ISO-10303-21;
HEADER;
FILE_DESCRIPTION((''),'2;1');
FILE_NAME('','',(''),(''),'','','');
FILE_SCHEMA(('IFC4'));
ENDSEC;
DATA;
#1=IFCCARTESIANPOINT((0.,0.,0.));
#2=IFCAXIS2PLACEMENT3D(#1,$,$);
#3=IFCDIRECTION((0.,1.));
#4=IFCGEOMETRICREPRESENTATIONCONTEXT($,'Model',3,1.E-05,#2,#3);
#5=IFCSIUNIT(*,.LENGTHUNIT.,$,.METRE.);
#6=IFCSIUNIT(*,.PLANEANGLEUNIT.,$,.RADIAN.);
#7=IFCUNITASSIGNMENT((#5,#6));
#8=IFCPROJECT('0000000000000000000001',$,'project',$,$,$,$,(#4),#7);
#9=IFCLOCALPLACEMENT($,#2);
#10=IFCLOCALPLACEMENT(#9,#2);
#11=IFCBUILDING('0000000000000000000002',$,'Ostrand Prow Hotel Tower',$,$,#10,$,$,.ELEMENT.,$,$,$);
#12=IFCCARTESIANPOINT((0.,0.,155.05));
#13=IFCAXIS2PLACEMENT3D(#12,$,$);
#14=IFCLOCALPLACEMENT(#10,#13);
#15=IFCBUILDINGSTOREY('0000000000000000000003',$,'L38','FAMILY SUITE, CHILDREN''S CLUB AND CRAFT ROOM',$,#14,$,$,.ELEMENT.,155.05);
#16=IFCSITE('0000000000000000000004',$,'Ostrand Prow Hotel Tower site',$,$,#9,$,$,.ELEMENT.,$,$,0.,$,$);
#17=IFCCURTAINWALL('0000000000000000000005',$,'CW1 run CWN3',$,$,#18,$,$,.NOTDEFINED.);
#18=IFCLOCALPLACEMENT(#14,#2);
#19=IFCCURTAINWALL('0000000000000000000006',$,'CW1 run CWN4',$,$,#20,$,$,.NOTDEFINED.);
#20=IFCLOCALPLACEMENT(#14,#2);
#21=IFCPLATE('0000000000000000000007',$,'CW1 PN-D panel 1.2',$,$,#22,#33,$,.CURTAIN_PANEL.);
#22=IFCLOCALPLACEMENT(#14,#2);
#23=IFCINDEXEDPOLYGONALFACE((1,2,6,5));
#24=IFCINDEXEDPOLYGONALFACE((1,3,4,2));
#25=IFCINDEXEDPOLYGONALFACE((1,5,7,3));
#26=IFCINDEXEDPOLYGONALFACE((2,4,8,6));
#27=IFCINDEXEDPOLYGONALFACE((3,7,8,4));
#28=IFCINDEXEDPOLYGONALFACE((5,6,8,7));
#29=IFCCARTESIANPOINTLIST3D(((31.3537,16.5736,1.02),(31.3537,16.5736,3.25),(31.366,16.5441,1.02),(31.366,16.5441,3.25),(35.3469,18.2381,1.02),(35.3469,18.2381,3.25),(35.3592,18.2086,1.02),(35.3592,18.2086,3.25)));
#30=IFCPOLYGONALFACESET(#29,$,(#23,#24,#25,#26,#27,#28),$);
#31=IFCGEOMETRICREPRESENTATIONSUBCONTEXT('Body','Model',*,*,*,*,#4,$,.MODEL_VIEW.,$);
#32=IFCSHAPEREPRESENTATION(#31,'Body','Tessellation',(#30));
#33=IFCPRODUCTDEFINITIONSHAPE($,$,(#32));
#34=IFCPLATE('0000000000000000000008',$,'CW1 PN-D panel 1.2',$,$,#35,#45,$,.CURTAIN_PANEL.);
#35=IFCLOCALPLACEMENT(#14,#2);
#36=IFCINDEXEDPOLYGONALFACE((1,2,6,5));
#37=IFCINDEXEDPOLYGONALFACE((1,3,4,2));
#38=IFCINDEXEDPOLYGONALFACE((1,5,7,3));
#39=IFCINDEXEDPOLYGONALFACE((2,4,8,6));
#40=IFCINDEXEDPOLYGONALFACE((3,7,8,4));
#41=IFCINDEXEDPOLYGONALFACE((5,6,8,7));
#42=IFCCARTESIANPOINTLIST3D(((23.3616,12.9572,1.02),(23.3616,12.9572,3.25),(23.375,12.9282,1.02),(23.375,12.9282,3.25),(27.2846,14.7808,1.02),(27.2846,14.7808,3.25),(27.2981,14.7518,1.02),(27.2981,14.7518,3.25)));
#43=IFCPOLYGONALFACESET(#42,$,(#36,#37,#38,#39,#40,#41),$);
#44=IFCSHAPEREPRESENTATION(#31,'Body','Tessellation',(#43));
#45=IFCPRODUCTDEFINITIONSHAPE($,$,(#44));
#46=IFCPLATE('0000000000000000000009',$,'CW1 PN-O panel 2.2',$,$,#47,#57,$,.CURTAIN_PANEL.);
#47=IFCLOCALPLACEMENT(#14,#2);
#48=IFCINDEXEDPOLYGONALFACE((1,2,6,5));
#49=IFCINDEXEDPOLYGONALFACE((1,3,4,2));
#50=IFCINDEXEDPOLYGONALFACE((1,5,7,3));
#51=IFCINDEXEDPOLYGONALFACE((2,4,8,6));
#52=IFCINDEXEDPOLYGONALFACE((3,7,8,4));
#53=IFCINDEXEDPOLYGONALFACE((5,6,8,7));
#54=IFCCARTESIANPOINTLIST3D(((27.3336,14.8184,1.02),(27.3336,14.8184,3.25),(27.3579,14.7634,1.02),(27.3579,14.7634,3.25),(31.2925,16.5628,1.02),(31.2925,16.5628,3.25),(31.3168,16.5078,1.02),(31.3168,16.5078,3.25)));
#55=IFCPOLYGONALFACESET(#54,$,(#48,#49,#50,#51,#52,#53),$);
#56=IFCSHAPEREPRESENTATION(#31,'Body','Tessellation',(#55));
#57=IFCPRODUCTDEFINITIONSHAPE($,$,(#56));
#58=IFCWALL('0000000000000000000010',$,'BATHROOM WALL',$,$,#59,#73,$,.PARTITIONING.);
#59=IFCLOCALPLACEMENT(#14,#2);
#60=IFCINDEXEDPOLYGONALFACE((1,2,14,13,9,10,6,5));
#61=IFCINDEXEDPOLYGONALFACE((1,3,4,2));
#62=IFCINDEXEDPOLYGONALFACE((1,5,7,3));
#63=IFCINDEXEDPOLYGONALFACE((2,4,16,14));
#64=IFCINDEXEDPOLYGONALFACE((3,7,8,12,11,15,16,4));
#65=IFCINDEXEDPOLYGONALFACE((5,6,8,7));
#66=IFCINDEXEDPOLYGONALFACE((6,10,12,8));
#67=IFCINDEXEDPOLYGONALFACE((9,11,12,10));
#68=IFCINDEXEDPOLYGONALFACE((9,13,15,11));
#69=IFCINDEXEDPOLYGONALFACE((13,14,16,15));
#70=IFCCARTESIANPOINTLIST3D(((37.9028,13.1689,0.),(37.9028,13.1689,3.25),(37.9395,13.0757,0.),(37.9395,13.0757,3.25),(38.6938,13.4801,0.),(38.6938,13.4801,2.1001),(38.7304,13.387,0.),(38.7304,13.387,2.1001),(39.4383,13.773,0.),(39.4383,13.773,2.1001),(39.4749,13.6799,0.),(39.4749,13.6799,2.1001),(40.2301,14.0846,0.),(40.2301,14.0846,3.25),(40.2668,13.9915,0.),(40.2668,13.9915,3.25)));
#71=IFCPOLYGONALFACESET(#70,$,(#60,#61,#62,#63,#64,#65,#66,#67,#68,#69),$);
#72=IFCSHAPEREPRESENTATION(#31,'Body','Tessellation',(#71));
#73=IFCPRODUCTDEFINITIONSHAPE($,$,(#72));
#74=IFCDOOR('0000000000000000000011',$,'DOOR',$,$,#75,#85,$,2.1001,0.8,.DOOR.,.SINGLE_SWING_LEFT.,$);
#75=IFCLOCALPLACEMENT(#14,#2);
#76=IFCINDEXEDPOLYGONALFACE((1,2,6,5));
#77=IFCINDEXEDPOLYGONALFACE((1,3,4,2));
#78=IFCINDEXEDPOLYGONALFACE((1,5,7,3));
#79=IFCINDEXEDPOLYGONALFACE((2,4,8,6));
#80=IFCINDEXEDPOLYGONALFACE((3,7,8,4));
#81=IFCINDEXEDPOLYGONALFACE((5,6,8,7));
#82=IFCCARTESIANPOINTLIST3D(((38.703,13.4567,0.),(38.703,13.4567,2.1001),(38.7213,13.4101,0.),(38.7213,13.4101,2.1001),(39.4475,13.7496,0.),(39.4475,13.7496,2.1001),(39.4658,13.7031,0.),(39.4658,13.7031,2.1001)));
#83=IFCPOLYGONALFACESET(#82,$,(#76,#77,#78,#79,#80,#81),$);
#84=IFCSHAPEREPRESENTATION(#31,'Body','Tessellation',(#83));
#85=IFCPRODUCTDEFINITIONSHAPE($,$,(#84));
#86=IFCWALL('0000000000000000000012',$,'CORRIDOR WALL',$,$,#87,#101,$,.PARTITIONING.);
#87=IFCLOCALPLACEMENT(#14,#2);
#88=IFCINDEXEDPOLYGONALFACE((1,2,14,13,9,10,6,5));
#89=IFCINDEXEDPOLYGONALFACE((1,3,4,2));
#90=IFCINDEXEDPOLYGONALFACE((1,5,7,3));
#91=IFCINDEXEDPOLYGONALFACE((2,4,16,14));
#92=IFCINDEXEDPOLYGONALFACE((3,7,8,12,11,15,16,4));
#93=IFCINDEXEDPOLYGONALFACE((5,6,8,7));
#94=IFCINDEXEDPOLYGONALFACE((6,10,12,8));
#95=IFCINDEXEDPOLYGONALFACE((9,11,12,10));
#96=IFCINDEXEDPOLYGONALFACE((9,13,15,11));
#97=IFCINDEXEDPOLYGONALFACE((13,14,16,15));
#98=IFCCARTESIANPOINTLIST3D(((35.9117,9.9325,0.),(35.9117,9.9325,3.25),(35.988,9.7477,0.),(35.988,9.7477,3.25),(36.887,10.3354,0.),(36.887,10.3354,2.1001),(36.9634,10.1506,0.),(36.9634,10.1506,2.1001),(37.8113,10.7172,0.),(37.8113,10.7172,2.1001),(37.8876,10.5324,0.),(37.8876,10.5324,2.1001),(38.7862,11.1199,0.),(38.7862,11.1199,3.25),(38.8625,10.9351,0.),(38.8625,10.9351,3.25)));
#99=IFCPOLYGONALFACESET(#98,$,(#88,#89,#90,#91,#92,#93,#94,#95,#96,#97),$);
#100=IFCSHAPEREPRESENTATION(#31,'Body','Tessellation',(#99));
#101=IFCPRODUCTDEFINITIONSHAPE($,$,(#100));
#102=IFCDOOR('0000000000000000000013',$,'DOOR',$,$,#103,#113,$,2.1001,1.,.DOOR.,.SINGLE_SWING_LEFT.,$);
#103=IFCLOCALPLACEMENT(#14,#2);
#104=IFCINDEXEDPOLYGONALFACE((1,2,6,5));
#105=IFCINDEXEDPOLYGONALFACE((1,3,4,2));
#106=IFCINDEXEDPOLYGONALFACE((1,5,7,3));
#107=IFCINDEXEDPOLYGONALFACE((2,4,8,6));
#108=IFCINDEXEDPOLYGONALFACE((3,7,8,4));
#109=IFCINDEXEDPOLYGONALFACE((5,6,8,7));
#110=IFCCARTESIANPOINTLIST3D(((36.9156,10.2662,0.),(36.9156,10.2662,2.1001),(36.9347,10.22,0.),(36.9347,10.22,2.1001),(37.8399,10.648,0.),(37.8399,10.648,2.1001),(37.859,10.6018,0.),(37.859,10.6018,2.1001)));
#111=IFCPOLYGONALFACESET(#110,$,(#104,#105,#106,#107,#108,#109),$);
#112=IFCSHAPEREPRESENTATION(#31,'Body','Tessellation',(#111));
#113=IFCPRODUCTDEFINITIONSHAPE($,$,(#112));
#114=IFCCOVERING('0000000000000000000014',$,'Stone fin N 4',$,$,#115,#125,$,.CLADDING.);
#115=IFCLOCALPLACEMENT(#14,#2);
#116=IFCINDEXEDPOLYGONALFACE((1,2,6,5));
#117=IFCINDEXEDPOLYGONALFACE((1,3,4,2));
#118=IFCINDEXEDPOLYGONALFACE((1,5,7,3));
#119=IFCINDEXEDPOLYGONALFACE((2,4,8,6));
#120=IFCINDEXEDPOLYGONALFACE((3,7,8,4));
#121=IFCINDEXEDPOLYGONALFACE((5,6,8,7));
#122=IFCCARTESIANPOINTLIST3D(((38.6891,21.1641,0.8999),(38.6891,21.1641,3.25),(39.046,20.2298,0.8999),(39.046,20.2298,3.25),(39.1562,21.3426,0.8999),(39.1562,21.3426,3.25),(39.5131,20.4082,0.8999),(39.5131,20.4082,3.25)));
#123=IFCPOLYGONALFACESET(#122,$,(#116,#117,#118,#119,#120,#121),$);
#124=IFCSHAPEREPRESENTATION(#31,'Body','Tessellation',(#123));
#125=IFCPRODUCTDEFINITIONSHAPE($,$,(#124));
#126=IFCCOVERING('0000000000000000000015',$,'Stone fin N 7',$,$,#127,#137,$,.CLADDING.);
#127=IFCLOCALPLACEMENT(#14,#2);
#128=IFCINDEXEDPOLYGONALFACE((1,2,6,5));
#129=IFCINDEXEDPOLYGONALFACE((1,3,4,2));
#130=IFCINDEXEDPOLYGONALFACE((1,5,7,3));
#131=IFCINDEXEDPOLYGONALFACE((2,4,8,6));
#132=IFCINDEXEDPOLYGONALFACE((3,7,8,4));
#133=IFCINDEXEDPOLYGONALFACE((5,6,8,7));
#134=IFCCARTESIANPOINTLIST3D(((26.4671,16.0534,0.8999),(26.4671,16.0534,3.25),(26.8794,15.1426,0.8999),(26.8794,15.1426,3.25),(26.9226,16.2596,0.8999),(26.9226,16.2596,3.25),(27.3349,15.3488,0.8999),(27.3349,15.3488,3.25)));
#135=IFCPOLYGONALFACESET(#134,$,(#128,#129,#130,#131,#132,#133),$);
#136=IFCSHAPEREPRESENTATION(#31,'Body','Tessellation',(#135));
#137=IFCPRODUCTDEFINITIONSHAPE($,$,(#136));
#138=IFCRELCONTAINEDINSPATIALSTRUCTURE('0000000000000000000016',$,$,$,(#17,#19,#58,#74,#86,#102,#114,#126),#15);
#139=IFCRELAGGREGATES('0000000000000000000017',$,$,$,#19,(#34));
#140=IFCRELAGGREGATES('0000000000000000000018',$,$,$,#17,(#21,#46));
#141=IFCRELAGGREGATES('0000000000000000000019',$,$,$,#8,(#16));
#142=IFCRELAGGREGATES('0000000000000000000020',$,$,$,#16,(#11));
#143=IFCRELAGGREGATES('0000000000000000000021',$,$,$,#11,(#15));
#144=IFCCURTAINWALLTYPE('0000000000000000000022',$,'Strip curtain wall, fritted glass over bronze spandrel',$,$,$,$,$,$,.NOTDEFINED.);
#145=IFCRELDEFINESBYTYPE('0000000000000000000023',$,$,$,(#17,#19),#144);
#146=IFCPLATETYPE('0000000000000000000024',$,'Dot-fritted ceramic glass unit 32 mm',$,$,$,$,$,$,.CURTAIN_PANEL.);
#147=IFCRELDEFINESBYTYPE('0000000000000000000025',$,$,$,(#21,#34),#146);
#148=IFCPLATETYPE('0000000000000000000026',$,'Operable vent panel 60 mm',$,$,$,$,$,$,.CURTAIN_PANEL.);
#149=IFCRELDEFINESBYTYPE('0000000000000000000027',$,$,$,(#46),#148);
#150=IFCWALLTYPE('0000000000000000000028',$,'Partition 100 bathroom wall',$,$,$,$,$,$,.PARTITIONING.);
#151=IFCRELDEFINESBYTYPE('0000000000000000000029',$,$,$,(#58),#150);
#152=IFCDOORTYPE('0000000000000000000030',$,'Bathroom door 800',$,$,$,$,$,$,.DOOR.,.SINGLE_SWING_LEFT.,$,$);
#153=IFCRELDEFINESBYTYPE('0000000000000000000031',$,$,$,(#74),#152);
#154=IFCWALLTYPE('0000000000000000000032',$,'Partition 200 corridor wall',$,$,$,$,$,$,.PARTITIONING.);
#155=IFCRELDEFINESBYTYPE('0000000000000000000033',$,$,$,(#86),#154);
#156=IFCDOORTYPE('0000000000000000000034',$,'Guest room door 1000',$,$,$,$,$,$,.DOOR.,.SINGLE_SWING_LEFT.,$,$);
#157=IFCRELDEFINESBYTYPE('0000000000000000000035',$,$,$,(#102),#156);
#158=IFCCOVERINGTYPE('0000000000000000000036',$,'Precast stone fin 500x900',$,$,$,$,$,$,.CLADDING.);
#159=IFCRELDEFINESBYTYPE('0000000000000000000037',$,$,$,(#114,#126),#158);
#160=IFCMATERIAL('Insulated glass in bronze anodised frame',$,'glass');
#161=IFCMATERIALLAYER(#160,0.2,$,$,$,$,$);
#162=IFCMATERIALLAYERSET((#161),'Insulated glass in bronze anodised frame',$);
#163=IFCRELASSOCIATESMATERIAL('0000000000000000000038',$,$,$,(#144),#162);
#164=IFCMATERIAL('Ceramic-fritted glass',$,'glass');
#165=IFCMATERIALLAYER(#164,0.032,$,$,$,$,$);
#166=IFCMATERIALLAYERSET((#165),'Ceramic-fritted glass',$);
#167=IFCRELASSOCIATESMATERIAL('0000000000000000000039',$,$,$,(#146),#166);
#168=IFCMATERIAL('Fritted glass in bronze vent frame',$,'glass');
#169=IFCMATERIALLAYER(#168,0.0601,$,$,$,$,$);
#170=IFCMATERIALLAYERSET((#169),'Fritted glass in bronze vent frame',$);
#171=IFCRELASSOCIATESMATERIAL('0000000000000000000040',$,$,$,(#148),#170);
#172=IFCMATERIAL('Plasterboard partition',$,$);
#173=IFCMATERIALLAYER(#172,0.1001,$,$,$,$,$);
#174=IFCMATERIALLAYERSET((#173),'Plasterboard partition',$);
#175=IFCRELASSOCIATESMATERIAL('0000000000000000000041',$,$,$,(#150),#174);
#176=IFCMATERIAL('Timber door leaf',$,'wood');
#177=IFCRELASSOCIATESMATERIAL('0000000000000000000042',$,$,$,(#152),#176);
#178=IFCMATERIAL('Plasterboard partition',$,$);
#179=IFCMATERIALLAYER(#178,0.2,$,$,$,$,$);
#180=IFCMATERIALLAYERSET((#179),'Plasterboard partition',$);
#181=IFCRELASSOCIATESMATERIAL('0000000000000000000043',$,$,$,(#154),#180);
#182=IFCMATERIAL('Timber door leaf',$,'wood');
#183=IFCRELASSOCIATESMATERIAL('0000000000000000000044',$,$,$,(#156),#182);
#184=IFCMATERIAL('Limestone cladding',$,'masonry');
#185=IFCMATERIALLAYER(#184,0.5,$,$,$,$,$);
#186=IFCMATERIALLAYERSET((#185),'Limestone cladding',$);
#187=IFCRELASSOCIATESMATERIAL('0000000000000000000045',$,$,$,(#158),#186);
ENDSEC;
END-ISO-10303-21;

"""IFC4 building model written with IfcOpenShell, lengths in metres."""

from ifc_helpers import new_model, si_unit, direction, frame, frame_2d, origin, origin_2d, place, context, subcontext, project, spatial, rectangle, extrude, material, layer, layer_set, type_object, element, fill, aggregate, save


model = new_model("IFC4")

# Units and contexts
model_context = context("Model", 3, precision=1e-05, world=origin(), true_north=direction((0.0, 1.0)))
body_context = subcontext(model_context, "Body", "Model", "MODEL_VIEW")
ifc_project = project(units=[si_unit("LENGTHUNIT", "METRE"), si_unit("PLANEANGLEUNIT", "RADIAN")], contexts=[model_context])

# Site, building, storey
site_placement = place(None, origin())
site = spatial("IfcSite", under=ifc_project, at=site_placement, Name="Ostrand Prow Hotel Tower site", CompositionType="ELEMENT", RefElevation=0.0)
building_placement = place(site_placement, origin())
building = spatial("IfcBuilding", under=site, at=building_placement, Name="Ostrand Prow Hotel Tower", CompositionType="ELEMENT")
storey_placement = place(building_placement, frame((0.0, 0.0, 155.05)))
storey = spatial("IfcBuildingStorey", under=building, at=storey_placement, Name="L38", Description="FAMILY SUITE, CHILDREN'S CLUB AND CRAFT ROOM", CompositionType="ELEMENT", Elevation=155.05)

# Curtain wall
ifc_material_1 = material(Name="Insulated glass in bronze anodised frame", Category="glass")
ifc_layer_1 = layer(ifc_material_1, 0.2)
ifc_layer_set_1 = layer_set([ifc_layer_1], Name="Insulated glass in bronze anodised frame")
curtain_wall_type = type_object("IfcCurtainWallType", Name="Strip curtain wall, fritted glass over bronze spandrel", PredefinedType="NOTDEFINED", material=ifc_layer_set_1)
curtain_wall_1_placement = place(storey_placement, origin())
curtain_wall_1 = element("IfcCurtainWall", 1, at=curtain_wall_1_placement, inside=storey, type_object=curtain_wall_type, Name="CW1 run CWN3", PredefinedType="NOTDEFINED")

# Curtain wall
curtain_wall_2_placement = place(storey_placement, origin())
curtain_wall_2 = element("IfcCurtainWall", 2, at=curtain_wall_2_placement, inside=storey, type_object=curtain_wall_type, Name="CW1 run CWN4", PredefinedType="NOTDEFINED")

# Plates
ifc_material_2 = material(Name="Ceramic-fritted glass", Category="glass")
ifc_layer_2 = layer(ifc_material_2, 0.032)
ifc_layer_set_2 = layer_set([ifc_layer_2], Name="Ceramic-fritted glass")
plate_type_1 = type_object("IfcPlateType", Name="Dot-fritted ceramic glass unit 32 mm", PredefinedType="CURTAIN_PANEL", material=ifc_layer_set_2)
plate_1_placement = place(storey_placement, frame((33.3564, 17.3911, 1.02), z_axis=(0.0, 0.0, 1.0), x_axis=(-0.923024, -0.384743, 0.0)))
plate_1 = element("IfcPlate", 3, at=plate_1_placement, type_object=plate_type_1, Name="CW1 PN-D panel 1.2", PredefinedType="CURTAIN_PANEL", context=body_context, shape_type="SweptSolid", body=[
    extrude(rectangle(XDim=4.3262, YDim=0.032, at=origin_2d()), origin(), (0.0, 0.0, 1.0), 2.23),
])
plate_2_placement = place(storey_placement, frame((25.3298, 13.8545, 1.02), z_axis=(0.0, 0.0, 1.0), x_axis=(-0.906818, -0.421522, 0.0)))
plate_2 = element("IfcPlate", 4, at=plate_2_placement, type_object=plate_type_1, Name="CW1 PN-D panel 1.2", PredefinedType="CURTAIN_PANEL", context=body_context, shape_type="SweptSolid", body=[
    extrude(rectangle(XDim=4.3262, YDim=0.032, at=origin_2d()), origin(), (0.0, 0.0, 1.0), 2.23),
])
aggregate(curtain_wall_2, [plate_2])
ifc_material_3 = material(Name="Fritted glass in bronze vent frame", Category="glass")
ifc_layer_3 = layer(ifc_material_3, 0.0601)
ifc_layer_set_3 = layer_set([ifc_layer_3], Name="Fritted glass in bronze vent frame")
plate_type_2 = type_object("IfcPlateType", Name="Operable vent panel 60 mm", PredefinedType="CURTAIN_PANEL", material=ifc_layer_set_3)
plate_3_placement = place(storey_placement, frame((29.3252, 15.6631, 1.02), z_axis=(0.0, 0.0, 1.0), x_axis=(-0.915106, -0.403213, 0.0)))
plate_3 = element("IfcPlate", 5, at=plate_3_placement, type_object=plate_type_2, Name="CW1 PN-O panel 2.2", PredefinedType="CURTAIN_PANEL", context=body_context, shape_type="SweptSolid", body=[
    extrude(rectangle(XDim=4.3262, YDim=0.0601, at=origin_2d()), origin(), (0.0, 0.0, 1.0), 2.23),
])
aggregate(curtain_wall_1, [plate_1, plate_3])

# Walls, openings, doors
ifc_material_4 = material(Name="Plasterboard partition")
ifc_layer_4 = layer(ifc_material_4, 0.1001)
ifc_layer_set_4 = layer_set([ifc_layer_4], Name="Plasterboard partition")
wall_type_1 = type_object("IfcWallType", Name="Partition 100 bathroom wall", PredefinedType="PARTITIONING", material=ifc_layer_set_4)
wall_1_placement = place(storey_placement, frame((37.9211, 13.1223, 0.0), z_axis=(0.0, 0.0, 1.0), x_axis=(0.930556, 0.366151, 0.0)))
wall_1 = element("IfcWall", 6, at=wall_1_placement, inside=storey, type_object=wall_type_1, Name="BATHROOM WALL", PredefinedType="PARTITIONING", context=body_context, shape_type="SweptSolid", body=[
    extrude(rectangle(XDim=2.501, YDim=0.1001, at=frame_2d((1.2505, 0.0))), origin(), (0.0, 0.0, 1.0), 3.25),
])
opening_1_placement = place(wall_1_placement, frame((0.8501, 0.0, 0.0)))
opening_1 = element("IfcOpeningElement", 7, at=opening_1_placement, cuts=wall_1, PredefinedType="OPENING", context=body_context, shape_type="SweptSolid", body=[
    extrude(rectangle(XDim=0.8, YDim=2.1001, at=frame_2d((0.3999, 1.05))), frame((0.0, 0.0601, 0.0), z_axis=(0.0, -1.0, 0.0), x_axis=(1.0, 0.0, 0.0)), (0.0, 0.0, 1.0), 0.1201),
])
ifc_material_5 = material(Name="Timber door leaf", Category="wood")
door_type_1 = type_object("IfcDoorType", Name="Bathroom door 800", OperationType="SINGLE_SWING_LEFT", PredefinedType="DOOR", material=ifc_material_5)
door_1_placement = place(opening_1_placement, origin())
door_1 = element("IfcDoor", 8, at=door_1_placement, inside=storey, type_object=door_type_1, Name="DOOR", OperationType="SINGLE_SWING_LEFT", OverallHeight=2.1001, OverallWidth=0.8, PredefinedType="DOOR", context=body_context, shape_type="SweptSolid", body=[
    extrude(rectangle(XDim=0.8, YDim=2.1001, at=frame_2d((0.3999, 1.05))), frame((0.0, 0.0249, 0.0), z_axis=(0.0, -1.0, 0.0), x_axis=(1.0, 0.0, 0.0)), (0.0, 0.0, 1.0), 0.05),
])
fill(opening_1, door_1)
ifc_material_6 = material(Name="Plasterboard partition")
ifc_layer_5 = layer(ifc_material_6, 0.2)
ifc_layer_set_5 = layer_set([ifc_layer_5], Name="Plasterboard partition")
wall_type_2 = type_object("IfcWallType", Name="Partition 200 corridor wall", PredefinedType="PARTITIONING", material=ifc_layer_set_5)
wall_2_placement = place(storey_placement, frame((38.8245, 11.0276, 0.0), z_axis=(0.0, 0.0, 1.0), x_axis=(-0.924239, -0.381816, 0.0)))
wall_2 = element("IfcWall", 9, at=wall_2_placement, inside=storey, type_object=wall_type_2, Name="CORRIDOR WALL", PredefinedType="PARTITIONING", context=body_context, shape_type="SweptSolid", body=[
    extrude(rectangle(XDim=3.1101, YDim=0.2, at=frame_2d((1.5552, 0.0))), origin(), (0.0, 0.0, 1.0), 3.25),
])
opening_2_placement = place(wall_2_placement, frame((1.0549, 0.0, 0.0)))
opening_2 = element("IfcOpeningElement", 10, at=opening_2_placement, cuts=wall_2, PredefinedType="OPENING", context=body_context, shape_type="SweptSolid", body=[
    extrude(rectangle(XDim=1.0, YDim=2.1001, at=frame_2d((0.5, 1.05))), frame((0.0, 0.1099, 0.0), z_axis=(0.0, -1.0, 0.0), x_axis=(1.0, 0.0, 0.0)), (0.0, 0.0, 1.0), 0.22),
])
ifc_material_7 = material(Name="Timber door leaf", Category="wood")
door_type_2 = type_object("IfcDoorType", Name="Guest room door 1000", OperationType="SINGLE_SWING_LEFT", PredefinedType="DOOR", material=ifc_material_7)
door_2_placement = place(opening_2_placement, origin())
door_2 = element("IfcDoor", 11, at=door_2_placement, inside=storey, type_object=door_type_2, Name="DOOR", OperationType="SINGLE_SWING_LEFT", OverallHeight=2.1001, OverallWidth=1.0, PredefinedType="DOOR", context=body_context, shape_type="SweptSolid", body=[
    extrude(rectangle(XDim=1.0, YDim=2.1001, at=frame_2d((0.5, 1.05))), frame((0.0, 0.0249, 0.0), z_axis=(0.0, -1.0, 0.0), x_axis=(1.0, 0.0, 0.0)), (0.0, 0.0, 1.0), 0.05),
])
fill(opening_2, door_2)

# Coverings
ifc_material_8 = material(Name="Limestone cladding", Category="masonry")
ifc_layer_6 = layer(ifc_material_8, 0.5)
ifc_layer_set_6 = layer_set([ifc_layer_6], Name="Limestone cladding")
covering_type = type_object("IfcCoveringType", Name="Precast stone fin 500x900", PredefinedType="CLADDING", material=ifc_layer_set_6)
covering_1_placement = place(storey_placement, frame((39.2795, 20.3191, 0.8999), z_axis=(0.0, 0.0, 1.0), x_axis=(-0.356868, 0.934155, 0.0)))
element("IfcCovering", 12, at=covering_1_placement, inside=storey, type_object=covering_type, Name="Stone fin N 4", PredefinedType="CLADDING", context=body_context, shape_type="SweptSolid", body=[
    extrude(rectangle(XDim=1.0002, YDim=0.5, at=frame_2d((0.5, 0.0))), origin(), (0.0, 0.0, 1.0), 2.3501),
])
covering_2_placement = place(storey_placement, frame((27.1072, 15.2456, 0.8999), z_axis=(0.0, 0.0, 1.0), x_axis=(-0.412404, 0.911001, 0.0)))
element("IfcCovering", 13, at=covering_2_placement, inside=storey, type_object=covering_type, Name="Stone fin N 7", PredefinedType="CLADDING", context=body_context, shape_type="SweptSolid", body=[
    extrude(rectangle(XDim=0.9998, YDim=0.5, at=frame_2d((0.5, 0.0))), origin(), (0.0, 0.0, 1.0), 2.3501),
])

save(model, "model.ifc")
